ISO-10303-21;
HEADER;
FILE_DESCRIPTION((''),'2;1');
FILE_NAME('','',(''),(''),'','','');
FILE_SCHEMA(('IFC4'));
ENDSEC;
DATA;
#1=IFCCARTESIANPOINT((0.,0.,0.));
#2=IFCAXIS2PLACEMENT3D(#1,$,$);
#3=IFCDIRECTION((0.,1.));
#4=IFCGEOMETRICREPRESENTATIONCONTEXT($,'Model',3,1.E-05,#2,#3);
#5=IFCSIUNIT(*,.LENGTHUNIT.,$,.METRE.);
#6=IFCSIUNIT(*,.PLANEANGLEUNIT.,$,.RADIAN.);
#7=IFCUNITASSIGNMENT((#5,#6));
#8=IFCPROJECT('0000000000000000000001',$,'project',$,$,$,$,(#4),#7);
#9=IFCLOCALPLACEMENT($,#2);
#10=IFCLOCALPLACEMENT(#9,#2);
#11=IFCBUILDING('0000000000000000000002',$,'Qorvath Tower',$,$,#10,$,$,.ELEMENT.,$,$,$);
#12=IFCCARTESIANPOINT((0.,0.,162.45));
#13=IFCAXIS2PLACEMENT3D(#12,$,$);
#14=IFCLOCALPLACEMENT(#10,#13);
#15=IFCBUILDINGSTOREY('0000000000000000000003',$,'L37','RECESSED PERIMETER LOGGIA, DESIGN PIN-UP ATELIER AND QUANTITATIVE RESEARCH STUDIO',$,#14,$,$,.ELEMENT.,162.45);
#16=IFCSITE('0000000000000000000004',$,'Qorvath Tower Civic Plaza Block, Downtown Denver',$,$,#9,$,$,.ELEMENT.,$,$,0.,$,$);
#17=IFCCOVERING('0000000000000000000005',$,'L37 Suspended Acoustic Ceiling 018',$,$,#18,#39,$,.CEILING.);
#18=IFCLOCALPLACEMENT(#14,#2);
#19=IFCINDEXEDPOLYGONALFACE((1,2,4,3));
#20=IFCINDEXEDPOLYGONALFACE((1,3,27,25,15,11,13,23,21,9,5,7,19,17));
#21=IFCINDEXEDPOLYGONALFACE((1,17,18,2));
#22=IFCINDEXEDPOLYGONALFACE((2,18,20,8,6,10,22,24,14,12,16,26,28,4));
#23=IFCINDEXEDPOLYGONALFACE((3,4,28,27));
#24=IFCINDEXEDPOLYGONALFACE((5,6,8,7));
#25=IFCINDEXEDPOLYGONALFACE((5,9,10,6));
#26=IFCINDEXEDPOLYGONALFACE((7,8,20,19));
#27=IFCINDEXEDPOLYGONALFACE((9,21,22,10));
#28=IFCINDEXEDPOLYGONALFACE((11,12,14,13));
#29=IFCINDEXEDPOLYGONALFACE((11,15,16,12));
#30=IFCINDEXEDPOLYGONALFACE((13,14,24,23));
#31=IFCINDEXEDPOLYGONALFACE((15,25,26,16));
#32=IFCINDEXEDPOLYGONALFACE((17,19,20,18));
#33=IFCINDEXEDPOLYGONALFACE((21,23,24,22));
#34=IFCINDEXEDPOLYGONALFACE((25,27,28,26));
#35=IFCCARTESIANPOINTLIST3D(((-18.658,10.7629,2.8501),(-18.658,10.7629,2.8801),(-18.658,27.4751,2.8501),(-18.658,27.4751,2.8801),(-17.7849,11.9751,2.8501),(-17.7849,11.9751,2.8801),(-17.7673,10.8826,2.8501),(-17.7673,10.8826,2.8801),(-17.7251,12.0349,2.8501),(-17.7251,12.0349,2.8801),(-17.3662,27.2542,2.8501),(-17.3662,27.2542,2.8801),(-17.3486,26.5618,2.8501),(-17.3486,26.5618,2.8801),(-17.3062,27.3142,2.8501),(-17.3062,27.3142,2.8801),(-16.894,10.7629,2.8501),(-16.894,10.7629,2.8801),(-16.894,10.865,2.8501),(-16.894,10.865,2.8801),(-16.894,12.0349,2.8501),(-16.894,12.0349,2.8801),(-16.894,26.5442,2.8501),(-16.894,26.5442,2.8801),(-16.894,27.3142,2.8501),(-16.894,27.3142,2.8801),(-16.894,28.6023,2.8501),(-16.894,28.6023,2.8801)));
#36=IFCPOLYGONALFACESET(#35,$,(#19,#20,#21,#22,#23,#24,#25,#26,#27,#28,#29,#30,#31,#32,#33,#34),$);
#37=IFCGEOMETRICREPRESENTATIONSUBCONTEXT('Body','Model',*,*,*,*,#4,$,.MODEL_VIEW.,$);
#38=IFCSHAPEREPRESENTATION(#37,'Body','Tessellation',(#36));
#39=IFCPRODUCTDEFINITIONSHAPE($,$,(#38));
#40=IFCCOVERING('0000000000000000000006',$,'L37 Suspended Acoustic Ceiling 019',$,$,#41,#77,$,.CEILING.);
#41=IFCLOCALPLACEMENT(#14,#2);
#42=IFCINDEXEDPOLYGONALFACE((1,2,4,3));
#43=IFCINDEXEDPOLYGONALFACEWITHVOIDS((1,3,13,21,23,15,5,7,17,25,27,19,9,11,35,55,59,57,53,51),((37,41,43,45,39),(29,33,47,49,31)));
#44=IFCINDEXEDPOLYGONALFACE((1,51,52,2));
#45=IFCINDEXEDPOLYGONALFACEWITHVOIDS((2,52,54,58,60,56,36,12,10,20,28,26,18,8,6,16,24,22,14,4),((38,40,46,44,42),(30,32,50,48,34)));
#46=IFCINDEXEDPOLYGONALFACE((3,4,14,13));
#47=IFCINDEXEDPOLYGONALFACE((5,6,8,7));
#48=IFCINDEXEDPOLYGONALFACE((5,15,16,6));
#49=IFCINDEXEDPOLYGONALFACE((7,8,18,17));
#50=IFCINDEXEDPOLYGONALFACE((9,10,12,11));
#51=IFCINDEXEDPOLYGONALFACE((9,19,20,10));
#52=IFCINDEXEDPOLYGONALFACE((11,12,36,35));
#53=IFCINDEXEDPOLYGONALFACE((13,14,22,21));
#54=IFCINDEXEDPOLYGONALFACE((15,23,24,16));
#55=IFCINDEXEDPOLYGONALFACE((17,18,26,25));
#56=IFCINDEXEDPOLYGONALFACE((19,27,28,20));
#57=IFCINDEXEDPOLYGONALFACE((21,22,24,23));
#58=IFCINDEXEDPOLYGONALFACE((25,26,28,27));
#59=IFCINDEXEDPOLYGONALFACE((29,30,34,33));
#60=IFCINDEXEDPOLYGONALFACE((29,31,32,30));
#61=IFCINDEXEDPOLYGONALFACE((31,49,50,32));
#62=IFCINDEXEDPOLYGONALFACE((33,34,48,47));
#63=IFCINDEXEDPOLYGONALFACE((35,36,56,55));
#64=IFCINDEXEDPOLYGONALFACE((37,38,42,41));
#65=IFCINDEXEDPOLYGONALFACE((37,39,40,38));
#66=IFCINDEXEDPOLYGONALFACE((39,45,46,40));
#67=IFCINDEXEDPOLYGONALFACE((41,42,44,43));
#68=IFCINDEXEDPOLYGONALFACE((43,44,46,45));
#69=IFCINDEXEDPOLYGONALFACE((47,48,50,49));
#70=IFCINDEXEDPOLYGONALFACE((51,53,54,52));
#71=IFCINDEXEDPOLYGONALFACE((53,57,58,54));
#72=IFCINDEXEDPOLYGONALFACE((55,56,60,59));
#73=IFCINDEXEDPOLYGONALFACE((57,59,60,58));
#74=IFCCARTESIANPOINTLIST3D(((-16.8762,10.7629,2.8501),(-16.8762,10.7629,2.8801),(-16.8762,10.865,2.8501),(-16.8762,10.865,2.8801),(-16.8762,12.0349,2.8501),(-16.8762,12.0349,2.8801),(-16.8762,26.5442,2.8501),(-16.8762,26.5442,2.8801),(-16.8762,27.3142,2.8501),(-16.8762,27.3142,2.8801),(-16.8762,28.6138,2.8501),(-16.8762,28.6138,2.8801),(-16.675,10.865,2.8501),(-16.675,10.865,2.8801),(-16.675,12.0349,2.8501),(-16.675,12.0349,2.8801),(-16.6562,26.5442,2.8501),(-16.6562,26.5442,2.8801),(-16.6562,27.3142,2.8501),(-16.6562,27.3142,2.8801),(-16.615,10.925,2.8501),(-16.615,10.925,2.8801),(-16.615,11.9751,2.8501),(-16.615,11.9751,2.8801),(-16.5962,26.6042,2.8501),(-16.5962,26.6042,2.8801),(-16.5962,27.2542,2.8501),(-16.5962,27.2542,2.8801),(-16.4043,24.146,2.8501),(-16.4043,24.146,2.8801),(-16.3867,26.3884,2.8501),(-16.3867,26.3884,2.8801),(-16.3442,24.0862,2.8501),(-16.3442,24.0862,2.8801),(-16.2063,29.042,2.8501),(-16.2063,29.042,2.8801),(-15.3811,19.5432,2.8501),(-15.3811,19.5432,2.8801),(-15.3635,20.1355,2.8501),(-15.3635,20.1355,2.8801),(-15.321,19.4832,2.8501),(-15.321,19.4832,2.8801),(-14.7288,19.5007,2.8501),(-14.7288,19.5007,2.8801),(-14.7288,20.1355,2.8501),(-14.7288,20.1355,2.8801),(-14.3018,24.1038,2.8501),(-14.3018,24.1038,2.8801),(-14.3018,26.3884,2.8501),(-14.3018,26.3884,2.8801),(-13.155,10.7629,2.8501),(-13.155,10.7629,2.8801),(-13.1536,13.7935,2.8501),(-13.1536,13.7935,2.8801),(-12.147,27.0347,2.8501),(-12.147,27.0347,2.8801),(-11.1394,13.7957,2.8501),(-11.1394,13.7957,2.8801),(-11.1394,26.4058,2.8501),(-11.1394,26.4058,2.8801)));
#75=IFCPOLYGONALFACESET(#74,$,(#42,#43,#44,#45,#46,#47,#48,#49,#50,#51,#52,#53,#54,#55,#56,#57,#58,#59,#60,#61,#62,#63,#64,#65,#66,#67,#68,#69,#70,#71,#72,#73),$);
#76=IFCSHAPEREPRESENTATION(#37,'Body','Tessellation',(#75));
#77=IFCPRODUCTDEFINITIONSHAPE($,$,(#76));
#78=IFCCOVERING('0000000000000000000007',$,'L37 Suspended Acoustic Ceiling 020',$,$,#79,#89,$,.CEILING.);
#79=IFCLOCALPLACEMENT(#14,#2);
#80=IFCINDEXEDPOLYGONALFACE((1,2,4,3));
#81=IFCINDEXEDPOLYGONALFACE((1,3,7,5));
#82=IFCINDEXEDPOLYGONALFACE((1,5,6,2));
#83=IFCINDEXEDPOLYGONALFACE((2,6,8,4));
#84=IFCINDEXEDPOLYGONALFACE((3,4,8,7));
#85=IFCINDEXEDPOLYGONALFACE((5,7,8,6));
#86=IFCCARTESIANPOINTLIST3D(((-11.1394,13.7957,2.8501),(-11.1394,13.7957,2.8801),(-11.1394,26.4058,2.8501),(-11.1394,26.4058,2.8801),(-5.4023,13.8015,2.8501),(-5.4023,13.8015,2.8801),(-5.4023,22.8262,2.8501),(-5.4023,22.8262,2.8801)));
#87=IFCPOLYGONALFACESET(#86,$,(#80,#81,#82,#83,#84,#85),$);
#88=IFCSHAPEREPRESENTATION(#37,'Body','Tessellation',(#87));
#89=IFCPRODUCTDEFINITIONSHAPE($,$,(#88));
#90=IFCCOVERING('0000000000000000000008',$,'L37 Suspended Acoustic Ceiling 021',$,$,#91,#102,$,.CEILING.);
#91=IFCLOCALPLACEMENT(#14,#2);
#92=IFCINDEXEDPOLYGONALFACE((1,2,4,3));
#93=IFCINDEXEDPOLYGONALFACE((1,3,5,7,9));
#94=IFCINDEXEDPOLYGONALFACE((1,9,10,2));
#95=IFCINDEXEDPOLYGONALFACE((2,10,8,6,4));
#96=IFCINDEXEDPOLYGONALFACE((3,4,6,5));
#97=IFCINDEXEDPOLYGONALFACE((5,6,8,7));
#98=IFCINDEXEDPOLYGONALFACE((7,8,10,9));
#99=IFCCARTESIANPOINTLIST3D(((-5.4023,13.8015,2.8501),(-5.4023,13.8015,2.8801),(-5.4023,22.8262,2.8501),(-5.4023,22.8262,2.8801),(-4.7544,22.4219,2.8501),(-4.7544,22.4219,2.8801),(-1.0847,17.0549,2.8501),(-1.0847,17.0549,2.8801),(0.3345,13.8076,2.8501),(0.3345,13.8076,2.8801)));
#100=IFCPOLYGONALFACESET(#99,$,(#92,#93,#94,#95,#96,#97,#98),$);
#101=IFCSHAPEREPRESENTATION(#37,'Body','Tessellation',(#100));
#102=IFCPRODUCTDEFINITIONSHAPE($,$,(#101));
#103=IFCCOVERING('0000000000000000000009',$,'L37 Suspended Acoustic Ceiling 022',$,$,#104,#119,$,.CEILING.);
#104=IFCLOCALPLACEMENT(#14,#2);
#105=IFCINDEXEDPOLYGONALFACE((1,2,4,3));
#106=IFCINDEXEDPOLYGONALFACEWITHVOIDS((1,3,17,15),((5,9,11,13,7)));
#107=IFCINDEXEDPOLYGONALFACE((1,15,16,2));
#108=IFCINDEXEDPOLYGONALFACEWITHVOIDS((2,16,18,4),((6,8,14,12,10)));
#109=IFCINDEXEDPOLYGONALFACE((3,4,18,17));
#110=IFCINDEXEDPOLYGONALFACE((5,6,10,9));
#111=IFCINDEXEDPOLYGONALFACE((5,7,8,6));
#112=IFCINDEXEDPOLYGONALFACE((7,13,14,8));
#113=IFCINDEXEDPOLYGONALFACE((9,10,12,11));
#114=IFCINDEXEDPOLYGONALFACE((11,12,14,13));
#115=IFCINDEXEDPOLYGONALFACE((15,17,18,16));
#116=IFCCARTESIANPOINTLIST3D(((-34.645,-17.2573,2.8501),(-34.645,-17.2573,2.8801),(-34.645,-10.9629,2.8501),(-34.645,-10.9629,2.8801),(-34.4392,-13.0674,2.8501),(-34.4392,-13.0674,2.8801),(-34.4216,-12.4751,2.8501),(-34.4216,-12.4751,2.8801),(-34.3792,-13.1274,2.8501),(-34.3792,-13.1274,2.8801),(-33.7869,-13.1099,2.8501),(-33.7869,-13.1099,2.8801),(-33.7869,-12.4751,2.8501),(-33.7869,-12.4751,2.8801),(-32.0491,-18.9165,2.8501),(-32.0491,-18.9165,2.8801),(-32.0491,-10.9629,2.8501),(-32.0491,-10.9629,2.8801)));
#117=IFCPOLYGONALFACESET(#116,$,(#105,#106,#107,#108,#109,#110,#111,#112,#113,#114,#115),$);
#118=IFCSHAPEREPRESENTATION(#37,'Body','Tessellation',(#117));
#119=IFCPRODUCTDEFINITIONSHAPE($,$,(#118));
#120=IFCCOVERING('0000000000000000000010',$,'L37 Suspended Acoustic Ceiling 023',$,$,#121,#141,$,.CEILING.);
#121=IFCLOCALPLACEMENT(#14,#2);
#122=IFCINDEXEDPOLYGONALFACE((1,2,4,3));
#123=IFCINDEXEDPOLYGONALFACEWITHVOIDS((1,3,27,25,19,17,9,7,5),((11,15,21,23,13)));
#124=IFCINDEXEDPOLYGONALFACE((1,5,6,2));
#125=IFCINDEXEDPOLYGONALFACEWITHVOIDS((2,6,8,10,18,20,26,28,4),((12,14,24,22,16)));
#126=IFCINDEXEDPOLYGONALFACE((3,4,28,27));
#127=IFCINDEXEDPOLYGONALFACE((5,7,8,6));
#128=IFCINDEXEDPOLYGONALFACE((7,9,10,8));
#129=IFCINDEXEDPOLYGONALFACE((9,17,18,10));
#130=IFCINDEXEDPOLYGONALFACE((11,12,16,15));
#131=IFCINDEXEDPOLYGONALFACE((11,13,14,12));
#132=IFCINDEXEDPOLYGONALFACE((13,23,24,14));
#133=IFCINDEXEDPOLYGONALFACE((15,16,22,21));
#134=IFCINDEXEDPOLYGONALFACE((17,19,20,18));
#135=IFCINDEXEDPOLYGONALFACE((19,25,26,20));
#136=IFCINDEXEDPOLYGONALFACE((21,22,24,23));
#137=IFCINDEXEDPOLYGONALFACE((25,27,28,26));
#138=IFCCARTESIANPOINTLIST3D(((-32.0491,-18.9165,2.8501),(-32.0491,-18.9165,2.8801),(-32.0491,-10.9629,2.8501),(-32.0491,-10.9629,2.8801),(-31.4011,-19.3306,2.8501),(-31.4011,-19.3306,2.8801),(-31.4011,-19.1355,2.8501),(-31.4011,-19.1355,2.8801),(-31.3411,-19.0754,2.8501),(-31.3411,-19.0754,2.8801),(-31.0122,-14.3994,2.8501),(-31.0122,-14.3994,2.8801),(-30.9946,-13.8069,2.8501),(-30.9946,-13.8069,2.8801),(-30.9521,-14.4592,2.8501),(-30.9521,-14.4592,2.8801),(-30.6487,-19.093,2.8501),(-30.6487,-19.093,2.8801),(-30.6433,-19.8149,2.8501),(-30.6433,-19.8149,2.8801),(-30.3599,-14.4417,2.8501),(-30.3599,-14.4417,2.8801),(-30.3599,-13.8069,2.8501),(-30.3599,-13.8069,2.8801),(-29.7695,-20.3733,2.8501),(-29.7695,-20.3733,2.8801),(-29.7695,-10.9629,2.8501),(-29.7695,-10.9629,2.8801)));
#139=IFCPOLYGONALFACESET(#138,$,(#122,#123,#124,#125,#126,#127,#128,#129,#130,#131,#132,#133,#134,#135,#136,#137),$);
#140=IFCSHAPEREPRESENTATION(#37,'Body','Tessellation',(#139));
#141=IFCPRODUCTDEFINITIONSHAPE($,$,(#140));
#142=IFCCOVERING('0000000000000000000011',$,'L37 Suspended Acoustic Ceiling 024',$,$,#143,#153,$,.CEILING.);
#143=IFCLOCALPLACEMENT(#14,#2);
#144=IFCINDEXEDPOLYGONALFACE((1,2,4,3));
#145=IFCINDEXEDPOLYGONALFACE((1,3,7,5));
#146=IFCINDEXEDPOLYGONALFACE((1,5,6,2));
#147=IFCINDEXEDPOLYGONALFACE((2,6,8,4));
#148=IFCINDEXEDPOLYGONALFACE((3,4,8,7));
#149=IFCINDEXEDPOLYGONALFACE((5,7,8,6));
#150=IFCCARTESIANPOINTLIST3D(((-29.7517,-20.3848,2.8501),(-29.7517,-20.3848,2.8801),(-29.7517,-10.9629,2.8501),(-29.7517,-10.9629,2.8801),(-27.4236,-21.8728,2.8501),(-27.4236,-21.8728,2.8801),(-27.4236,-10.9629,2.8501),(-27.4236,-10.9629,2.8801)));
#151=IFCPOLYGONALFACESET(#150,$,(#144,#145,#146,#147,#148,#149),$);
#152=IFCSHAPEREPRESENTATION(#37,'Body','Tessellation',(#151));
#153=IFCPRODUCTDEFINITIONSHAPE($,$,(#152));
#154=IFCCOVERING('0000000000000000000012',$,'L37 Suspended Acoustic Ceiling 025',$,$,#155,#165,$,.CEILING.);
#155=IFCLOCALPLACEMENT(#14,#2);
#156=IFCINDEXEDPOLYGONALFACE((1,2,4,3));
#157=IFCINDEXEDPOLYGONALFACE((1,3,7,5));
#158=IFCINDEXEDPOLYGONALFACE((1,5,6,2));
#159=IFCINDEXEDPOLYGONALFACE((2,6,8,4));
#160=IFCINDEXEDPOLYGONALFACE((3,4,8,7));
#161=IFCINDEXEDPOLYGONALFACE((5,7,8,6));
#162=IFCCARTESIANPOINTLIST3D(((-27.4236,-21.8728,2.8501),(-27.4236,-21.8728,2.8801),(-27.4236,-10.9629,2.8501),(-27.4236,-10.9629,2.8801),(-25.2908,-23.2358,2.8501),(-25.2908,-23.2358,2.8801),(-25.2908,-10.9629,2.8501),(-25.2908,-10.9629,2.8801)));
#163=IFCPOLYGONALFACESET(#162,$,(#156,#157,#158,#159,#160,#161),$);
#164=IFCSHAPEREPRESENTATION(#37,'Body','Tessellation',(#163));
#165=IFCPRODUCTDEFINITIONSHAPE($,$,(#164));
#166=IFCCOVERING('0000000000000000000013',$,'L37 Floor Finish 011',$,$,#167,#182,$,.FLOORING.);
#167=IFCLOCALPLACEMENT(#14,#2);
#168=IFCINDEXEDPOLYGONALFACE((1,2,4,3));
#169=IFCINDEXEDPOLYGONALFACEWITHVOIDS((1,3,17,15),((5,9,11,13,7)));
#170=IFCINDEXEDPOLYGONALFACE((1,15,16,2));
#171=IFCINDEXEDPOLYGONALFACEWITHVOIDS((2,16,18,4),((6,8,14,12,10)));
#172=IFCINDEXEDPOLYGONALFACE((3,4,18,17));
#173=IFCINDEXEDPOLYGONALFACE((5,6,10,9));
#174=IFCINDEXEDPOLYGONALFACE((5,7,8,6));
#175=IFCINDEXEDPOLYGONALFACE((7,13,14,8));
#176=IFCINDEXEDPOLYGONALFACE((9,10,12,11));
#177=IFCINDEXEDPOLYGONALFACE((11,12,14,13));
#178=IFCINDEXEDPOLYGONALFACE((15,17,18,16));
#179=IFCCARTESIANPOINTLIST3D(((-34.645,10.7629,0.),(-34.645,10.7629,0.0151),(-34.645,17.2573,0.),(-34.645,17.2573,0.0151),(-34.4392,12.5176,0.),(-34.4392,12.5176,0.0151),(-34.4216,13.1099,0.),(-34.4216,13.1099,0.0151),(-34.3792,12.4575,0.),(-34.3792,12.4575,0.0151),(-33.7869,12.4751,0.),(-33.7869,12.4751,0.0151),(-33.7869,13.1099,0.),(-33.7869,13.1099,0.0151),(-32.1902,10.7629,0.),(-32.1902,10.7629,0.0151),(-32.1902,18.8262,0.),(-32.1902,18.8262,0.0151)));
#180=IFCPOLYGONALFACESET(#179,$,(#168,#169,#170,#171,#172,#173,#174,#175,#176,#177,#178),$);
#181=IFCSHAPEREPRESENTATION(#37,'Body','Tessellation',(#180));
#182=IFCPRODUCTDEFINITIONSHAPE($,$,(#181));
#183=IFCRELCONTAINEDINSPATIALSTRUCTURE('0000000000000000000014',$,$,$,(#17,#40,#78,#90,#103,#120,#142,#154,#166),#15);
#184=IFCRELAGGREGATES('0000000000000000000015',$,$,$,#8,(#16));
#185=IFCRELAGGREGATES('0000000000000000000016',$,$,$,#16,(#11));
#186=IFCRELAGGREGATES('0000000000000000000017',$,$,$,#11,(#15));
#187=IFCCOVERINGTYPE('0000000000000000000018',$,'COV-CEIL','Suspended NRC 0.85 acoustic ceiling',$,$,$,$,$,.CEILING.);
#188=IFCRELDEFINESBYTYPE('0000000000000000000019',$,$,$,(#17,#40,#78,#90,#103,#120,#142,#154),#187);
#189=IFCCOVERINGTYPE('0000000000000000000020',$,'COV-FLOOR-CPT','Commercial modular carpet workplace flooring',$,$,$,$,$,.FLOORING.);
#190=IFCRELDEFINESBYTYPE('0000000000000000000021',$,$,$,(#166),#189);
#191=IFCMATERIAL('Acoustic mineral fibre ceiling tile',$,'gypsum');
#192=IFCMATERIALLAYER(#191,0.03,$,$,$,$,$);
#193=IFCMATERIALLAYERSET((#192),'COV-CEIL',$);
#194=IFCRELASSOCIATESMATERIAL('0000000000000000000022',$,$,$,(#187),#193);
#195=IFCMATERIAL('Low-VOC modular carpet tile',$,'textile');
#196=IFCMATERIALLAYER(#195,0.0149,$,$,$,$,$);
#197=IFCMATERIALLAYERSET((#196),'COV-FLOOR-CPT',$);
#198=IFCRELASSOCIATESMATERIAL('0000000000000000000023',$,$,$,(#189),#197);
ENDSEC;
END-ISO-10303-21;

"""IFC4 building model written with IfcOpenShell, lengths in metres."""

from ifc_helpers import new_model, si_unit, direction, frame, origin, place, context, subcontext, project, spatial, polyline, outline, extrude, material, layer, layer_set, type_object, element, save


model = new_model("IFC4")

# Units and contexts
model_context = context("Model", 3, precision=1e-05, world=origin(), true_north=direction((0.0, 1.0)))
body_context = subcontext(model_context, "Body", "Model", "MODEL_VIEW")
ifc_project = project(units=[si_unit("LENGTHUNIT", "METRE"), si_unit("PLANEANGLEUNIT", "RADIAN")], contexts=[model_context])

# Site, building, storey
site_placement = place(None, origin())
site = spatial("IfcSite", under=ifc_project, at=site_placement, Name="Qorvath Tower Civic Plaza Block, Downtown Denver", CompositionType="ELEMENT", RefElevation=0.0)
building_placement = place(site_placement, origin())
building = spatial("IfcBuilding", under=site, at=building_placement, Name="Qorvath Tower", CompositionType="ELEMENT")
storey_placement = place(building_placement, frame((0.0, 0.0, 162.45)))
storey = spatial("IfcBuildingStorey", under=building, at=storey_placement, Name="L37", Description="RECESSED PERIMETER LOGGIA, DESIGN PIN-UP ATELIER AND QUANTITATIVE RESEARCH STUDIO", CompositionType="ELEMENT", Elevation=162.45)

# Coverings
ifc_material_1 = material(Name="Acoustic mineral fibre ceiling tile", Category="gypsum")
ifc_layer_1 = layer(ifc_material_1, 0.03)
ifc_layer_set_1 = layer_set([ifc_layer_1], Name="COV-CEIL")
covering_type_1 = type_object("IfcCoveringType", Name="COV-CEIL", Description="Suspended NRC 0.85 acoustic ceiling", PredefinedType="CEILING", material=ifc_layer_set_1)
covering_1_placement = place(storey_placement, frame((0.0, 0.0, 2.8501)))
element("IfcCovering", 1, at=covering_1_placement, inside=storey, type_object=covering_type_1, Name="L37 Suspended Acoustic Ceiling 018", PredefinedType="CEILING", context=body_context, shape_type="SweptSolid", body=[
    extrude(outline(polyline([(-17.7251, 12.0349), (-16.894, 12.0349), (-16.894, 26.5442), (-17.3486, 26.5618), (-17.3662, 27.2542), (-17.3062, 27.3142), (-16.894, 27.3142), (-16.894, 28.6023), (-18.658, 27.4751), (-18.658, 10.7629), (-16.894, 10.7629), (-16.894, 10.865), (-17.7673, 10.8826), (-17.7849, 11.9751), (-17.7251, 12.0349)])), origin(), (0.0, 0.0, 1.0), 0.03),
])
covering_2_placement = place(storey_placement, frame((0.0, 0.0, 2.8501)))
element("IfcCovering", 2, at=covering_2_placement, inside=storey, type_object=covering_type_1, Name="L37 Suspended Acoustic Ceiling 019", PredefinedType="CEILING", context=body_context, shape_type="SweptSolid", body=[
    extrude(outline(polyline([(-13.1536, 13.7935), (-11.1394, 13.7957), (-11.1394, 26.4058), (-12.147, 27.0347), (-16.2063, 29.042), (-16.8762, 28.6138), (-16.8762, 27.3142), (-16.6562, 27.3142), (-16.5962, 27.2542), (-16.5962, 26.6042), (-16.6562, 26.5442), (-16.8762, 26.5442), (-16.8762, 12.0349), (-16.675, 12.0349), (-16.615, 11.9751), (-16.615, 10.925), (-16.675, 10.865), (-16.8762, 10.865), (-16.8762, 10.7629), (-13.155, 10.7629), (-13.1536, 13.7935)]), holes=[polyline([(-16.4043, 24.146), (-16.3867, 26.3884), (-14.3018, 26.3884), (-14.3018, 24.1038), (-16.3442, 24.0862), (-16.4043, 24.146)]), polyline([(-15.3811, 19.5432), (-15.3635, 20.1355), (-14.7288, 20.1355), (-14.7288, 19.5007), (-15.321, 19.4832), (-15.3811, 19.5432)])]), origin(), (0.0, 0.0, 1.0), 0.03),
])
covering_3_placement = place(storey_placement, frame((0.0, 0.0, 2.8501)))
element("IfcCovering", 3, at=covering_3_placement, inside=storey, type_object=covering_type_1, Name="L37 Suspended Acoustic Ceiling 020", PredefinedType="CEILING", context=body_context, shape_type="SweptSolid", body=[
    extrude(outline(polyline([(-11.1394, 26.4058), (-11.1394, 13.7957), (-5.4023, 13.8015), (-5.4023, 22.8262), (-11.1394, 26.4058)])), origin(), (0.0, 0.0, 1.0), 0.03),
])
covering_4_placement = place(storey_placement, frame((0.0, 0.0, 2.8501)))
element("IfcCovering", 4, at=covering_4_placement, inside=storey, type_object=covering_type_1, Name="L37 Suspended Acoustic Ceiling 021", PredefinedType="CEILING", context=body_context, shape_type="SweptSolid", body=[
    extrude(outline(polyline([(-5.4023, 22.8262), (-5.4023, 13.8015), (0.3345, 13.8076), (-1.0847, 17.0549), (-4.7544, 22.4219), (-5.4023, 22.8262)])), origin(), (0.0, 0.0, 1.0), 0.03),
])
covering_5_placement = place(storey_placement, frame((0.0, 0.0, 2.8501)))
element("IfcCovering", 5, at=covering_5_placement, inside=storey, type_object=covering_type_1, Name="L37 Suspended Acoustic Ceiling 022", PredefinedType="CEILING", context=body_context, shape_type="SweptSolid", body=[
    extrude(outline(polyline([(-34.645, -10.9629), (-34.645, -17.2573), (-32.0491, -18.9165), (-32.0491, -10.9629), (-34.645, -10.9629)]), holes=[polyline([(-34.4392, -13.0674), (-34.4216, -12.4751), (-33.7869, -12.4751), (-33.7869, -13.1099), (-34.3792, -13.1274), (-34.4392, -13.0674)])]), origin(), (0.0, 0.0, 1.0), 0.03),
])
covering_6_placement = place(storey_placement, frame((0.0, 0.0, 2.8501)))
element("IfcCovering", 6, at=covering_6_placement, inside=storey, type_object=covering_type_1, Name="L37 Suspended Acoustic Ceiling 023", PredefinedType="CEILING", context=body_context, shape_type="SweptSolid", body=[
    extrude(outline(polyline([(-32.0491, -10.9629), (-32.0491, -18.9165), (-31.4011, -19.3306), (-31.4011, -19.1355), (-31.3411, -19.0754), (-30.6487, -19.093), (-30.6433, -19.8149), (-29.7695, -20.3733), (-29.7695, -10.9629), (-32.0491, -10.9629)]), holes=[polyline([(-31.0122, -14.3994), (-30.9946, -13.8069), (-30.3599, -13.8069), (-30.3599, -14.4417), (-30.9521, -14.4592), (-31.0122, -14.3994)])]), origin(), (0.0, 0.0, 1.0), 0.03),
])
covering_7_placement = place(storey_placement, frame((0.0, 0.0, 2.8501)))
element("IfcCovering", 7, at=covering_7_placement, inside=storey, type_object=covering_type_1, Name="L37 Suspended Acoustic Ceiling 024", PredefinedType="CEILING", context=body_context, shape_type="SweptSolid", body=[
    extrude(outline(polyline([(-27.4236, -21.8728), (-27.4236, -10.9629), (-29.7517, -10.9629), (-29.7517, -20.3848), (-27.4236, -21.8728)])), origin(), (0.0, 0.0, 1.0), 0.03),
])
covering_8_placement = place(storey_placement, frame((0.0, 0.0, 2.8501)))
element("IfcCovering", 8, at=covering_8_placement, inside=storey, type_object=covering_type_1, Name="L37 Suspended Acoustic Ceiling 025", PredefinedType="CEILING", context=body_context, shape_type="SweptSolid", body=[
    extrude(outline(polyline([(-25.2908, -10.9629), (-27.4236, -10.9629), (-27.4236, -21.8728), (-25.2908, -23.2358), (-25.2908, -10.9629)])), origin(), (0.0, 0.0, 1.0), 0.03),
])
ifc_material_2 = material(Name="Low-VOC modular carpet tile", Category="textile")
ifc_layer_2 = layer(ifc_material_2, 0.0149)
ifc_layer_set_2 = layer_set([ifc_layer_2], Name="COV-FLOOR-CPT")
covering_type_2 = type_object("IfcCoveringType", Name="COV-FLOOR-CPT", Description="Commercial modular carpet workplace flooring", PredefinedType="FLOORING", material=ifc_layer_set_2)
covering_9_placement = place(storey_placement, origin())
element("IfcCovering", 9, at=covering_9_placement, inside=storey, type_object=covering_type_2, Name="L37 Floor Finish 011", PredefinedType="FLOORING", context=body_context, shape_type="SweptSolid", body=[
    extrude(outline(polyline([(-32.1902, 10.7629), (-32.1902, 18.8262), (-34.645, 17.2573), (-34.645, 10.7629), (-32.1902, 10.7629)]), holes=[polyline([(-34.4392, 12.5176), (-34.4216, 13.1099), (-33.7869, 13.1099), (-33.7869, 12.4751), (-34.3792, 12.4575), (-34.4392, 12.5176)])]), origin(), (0.0, 0.0, 1.0), 0.0151),
])

save(model, "model.ifc")
